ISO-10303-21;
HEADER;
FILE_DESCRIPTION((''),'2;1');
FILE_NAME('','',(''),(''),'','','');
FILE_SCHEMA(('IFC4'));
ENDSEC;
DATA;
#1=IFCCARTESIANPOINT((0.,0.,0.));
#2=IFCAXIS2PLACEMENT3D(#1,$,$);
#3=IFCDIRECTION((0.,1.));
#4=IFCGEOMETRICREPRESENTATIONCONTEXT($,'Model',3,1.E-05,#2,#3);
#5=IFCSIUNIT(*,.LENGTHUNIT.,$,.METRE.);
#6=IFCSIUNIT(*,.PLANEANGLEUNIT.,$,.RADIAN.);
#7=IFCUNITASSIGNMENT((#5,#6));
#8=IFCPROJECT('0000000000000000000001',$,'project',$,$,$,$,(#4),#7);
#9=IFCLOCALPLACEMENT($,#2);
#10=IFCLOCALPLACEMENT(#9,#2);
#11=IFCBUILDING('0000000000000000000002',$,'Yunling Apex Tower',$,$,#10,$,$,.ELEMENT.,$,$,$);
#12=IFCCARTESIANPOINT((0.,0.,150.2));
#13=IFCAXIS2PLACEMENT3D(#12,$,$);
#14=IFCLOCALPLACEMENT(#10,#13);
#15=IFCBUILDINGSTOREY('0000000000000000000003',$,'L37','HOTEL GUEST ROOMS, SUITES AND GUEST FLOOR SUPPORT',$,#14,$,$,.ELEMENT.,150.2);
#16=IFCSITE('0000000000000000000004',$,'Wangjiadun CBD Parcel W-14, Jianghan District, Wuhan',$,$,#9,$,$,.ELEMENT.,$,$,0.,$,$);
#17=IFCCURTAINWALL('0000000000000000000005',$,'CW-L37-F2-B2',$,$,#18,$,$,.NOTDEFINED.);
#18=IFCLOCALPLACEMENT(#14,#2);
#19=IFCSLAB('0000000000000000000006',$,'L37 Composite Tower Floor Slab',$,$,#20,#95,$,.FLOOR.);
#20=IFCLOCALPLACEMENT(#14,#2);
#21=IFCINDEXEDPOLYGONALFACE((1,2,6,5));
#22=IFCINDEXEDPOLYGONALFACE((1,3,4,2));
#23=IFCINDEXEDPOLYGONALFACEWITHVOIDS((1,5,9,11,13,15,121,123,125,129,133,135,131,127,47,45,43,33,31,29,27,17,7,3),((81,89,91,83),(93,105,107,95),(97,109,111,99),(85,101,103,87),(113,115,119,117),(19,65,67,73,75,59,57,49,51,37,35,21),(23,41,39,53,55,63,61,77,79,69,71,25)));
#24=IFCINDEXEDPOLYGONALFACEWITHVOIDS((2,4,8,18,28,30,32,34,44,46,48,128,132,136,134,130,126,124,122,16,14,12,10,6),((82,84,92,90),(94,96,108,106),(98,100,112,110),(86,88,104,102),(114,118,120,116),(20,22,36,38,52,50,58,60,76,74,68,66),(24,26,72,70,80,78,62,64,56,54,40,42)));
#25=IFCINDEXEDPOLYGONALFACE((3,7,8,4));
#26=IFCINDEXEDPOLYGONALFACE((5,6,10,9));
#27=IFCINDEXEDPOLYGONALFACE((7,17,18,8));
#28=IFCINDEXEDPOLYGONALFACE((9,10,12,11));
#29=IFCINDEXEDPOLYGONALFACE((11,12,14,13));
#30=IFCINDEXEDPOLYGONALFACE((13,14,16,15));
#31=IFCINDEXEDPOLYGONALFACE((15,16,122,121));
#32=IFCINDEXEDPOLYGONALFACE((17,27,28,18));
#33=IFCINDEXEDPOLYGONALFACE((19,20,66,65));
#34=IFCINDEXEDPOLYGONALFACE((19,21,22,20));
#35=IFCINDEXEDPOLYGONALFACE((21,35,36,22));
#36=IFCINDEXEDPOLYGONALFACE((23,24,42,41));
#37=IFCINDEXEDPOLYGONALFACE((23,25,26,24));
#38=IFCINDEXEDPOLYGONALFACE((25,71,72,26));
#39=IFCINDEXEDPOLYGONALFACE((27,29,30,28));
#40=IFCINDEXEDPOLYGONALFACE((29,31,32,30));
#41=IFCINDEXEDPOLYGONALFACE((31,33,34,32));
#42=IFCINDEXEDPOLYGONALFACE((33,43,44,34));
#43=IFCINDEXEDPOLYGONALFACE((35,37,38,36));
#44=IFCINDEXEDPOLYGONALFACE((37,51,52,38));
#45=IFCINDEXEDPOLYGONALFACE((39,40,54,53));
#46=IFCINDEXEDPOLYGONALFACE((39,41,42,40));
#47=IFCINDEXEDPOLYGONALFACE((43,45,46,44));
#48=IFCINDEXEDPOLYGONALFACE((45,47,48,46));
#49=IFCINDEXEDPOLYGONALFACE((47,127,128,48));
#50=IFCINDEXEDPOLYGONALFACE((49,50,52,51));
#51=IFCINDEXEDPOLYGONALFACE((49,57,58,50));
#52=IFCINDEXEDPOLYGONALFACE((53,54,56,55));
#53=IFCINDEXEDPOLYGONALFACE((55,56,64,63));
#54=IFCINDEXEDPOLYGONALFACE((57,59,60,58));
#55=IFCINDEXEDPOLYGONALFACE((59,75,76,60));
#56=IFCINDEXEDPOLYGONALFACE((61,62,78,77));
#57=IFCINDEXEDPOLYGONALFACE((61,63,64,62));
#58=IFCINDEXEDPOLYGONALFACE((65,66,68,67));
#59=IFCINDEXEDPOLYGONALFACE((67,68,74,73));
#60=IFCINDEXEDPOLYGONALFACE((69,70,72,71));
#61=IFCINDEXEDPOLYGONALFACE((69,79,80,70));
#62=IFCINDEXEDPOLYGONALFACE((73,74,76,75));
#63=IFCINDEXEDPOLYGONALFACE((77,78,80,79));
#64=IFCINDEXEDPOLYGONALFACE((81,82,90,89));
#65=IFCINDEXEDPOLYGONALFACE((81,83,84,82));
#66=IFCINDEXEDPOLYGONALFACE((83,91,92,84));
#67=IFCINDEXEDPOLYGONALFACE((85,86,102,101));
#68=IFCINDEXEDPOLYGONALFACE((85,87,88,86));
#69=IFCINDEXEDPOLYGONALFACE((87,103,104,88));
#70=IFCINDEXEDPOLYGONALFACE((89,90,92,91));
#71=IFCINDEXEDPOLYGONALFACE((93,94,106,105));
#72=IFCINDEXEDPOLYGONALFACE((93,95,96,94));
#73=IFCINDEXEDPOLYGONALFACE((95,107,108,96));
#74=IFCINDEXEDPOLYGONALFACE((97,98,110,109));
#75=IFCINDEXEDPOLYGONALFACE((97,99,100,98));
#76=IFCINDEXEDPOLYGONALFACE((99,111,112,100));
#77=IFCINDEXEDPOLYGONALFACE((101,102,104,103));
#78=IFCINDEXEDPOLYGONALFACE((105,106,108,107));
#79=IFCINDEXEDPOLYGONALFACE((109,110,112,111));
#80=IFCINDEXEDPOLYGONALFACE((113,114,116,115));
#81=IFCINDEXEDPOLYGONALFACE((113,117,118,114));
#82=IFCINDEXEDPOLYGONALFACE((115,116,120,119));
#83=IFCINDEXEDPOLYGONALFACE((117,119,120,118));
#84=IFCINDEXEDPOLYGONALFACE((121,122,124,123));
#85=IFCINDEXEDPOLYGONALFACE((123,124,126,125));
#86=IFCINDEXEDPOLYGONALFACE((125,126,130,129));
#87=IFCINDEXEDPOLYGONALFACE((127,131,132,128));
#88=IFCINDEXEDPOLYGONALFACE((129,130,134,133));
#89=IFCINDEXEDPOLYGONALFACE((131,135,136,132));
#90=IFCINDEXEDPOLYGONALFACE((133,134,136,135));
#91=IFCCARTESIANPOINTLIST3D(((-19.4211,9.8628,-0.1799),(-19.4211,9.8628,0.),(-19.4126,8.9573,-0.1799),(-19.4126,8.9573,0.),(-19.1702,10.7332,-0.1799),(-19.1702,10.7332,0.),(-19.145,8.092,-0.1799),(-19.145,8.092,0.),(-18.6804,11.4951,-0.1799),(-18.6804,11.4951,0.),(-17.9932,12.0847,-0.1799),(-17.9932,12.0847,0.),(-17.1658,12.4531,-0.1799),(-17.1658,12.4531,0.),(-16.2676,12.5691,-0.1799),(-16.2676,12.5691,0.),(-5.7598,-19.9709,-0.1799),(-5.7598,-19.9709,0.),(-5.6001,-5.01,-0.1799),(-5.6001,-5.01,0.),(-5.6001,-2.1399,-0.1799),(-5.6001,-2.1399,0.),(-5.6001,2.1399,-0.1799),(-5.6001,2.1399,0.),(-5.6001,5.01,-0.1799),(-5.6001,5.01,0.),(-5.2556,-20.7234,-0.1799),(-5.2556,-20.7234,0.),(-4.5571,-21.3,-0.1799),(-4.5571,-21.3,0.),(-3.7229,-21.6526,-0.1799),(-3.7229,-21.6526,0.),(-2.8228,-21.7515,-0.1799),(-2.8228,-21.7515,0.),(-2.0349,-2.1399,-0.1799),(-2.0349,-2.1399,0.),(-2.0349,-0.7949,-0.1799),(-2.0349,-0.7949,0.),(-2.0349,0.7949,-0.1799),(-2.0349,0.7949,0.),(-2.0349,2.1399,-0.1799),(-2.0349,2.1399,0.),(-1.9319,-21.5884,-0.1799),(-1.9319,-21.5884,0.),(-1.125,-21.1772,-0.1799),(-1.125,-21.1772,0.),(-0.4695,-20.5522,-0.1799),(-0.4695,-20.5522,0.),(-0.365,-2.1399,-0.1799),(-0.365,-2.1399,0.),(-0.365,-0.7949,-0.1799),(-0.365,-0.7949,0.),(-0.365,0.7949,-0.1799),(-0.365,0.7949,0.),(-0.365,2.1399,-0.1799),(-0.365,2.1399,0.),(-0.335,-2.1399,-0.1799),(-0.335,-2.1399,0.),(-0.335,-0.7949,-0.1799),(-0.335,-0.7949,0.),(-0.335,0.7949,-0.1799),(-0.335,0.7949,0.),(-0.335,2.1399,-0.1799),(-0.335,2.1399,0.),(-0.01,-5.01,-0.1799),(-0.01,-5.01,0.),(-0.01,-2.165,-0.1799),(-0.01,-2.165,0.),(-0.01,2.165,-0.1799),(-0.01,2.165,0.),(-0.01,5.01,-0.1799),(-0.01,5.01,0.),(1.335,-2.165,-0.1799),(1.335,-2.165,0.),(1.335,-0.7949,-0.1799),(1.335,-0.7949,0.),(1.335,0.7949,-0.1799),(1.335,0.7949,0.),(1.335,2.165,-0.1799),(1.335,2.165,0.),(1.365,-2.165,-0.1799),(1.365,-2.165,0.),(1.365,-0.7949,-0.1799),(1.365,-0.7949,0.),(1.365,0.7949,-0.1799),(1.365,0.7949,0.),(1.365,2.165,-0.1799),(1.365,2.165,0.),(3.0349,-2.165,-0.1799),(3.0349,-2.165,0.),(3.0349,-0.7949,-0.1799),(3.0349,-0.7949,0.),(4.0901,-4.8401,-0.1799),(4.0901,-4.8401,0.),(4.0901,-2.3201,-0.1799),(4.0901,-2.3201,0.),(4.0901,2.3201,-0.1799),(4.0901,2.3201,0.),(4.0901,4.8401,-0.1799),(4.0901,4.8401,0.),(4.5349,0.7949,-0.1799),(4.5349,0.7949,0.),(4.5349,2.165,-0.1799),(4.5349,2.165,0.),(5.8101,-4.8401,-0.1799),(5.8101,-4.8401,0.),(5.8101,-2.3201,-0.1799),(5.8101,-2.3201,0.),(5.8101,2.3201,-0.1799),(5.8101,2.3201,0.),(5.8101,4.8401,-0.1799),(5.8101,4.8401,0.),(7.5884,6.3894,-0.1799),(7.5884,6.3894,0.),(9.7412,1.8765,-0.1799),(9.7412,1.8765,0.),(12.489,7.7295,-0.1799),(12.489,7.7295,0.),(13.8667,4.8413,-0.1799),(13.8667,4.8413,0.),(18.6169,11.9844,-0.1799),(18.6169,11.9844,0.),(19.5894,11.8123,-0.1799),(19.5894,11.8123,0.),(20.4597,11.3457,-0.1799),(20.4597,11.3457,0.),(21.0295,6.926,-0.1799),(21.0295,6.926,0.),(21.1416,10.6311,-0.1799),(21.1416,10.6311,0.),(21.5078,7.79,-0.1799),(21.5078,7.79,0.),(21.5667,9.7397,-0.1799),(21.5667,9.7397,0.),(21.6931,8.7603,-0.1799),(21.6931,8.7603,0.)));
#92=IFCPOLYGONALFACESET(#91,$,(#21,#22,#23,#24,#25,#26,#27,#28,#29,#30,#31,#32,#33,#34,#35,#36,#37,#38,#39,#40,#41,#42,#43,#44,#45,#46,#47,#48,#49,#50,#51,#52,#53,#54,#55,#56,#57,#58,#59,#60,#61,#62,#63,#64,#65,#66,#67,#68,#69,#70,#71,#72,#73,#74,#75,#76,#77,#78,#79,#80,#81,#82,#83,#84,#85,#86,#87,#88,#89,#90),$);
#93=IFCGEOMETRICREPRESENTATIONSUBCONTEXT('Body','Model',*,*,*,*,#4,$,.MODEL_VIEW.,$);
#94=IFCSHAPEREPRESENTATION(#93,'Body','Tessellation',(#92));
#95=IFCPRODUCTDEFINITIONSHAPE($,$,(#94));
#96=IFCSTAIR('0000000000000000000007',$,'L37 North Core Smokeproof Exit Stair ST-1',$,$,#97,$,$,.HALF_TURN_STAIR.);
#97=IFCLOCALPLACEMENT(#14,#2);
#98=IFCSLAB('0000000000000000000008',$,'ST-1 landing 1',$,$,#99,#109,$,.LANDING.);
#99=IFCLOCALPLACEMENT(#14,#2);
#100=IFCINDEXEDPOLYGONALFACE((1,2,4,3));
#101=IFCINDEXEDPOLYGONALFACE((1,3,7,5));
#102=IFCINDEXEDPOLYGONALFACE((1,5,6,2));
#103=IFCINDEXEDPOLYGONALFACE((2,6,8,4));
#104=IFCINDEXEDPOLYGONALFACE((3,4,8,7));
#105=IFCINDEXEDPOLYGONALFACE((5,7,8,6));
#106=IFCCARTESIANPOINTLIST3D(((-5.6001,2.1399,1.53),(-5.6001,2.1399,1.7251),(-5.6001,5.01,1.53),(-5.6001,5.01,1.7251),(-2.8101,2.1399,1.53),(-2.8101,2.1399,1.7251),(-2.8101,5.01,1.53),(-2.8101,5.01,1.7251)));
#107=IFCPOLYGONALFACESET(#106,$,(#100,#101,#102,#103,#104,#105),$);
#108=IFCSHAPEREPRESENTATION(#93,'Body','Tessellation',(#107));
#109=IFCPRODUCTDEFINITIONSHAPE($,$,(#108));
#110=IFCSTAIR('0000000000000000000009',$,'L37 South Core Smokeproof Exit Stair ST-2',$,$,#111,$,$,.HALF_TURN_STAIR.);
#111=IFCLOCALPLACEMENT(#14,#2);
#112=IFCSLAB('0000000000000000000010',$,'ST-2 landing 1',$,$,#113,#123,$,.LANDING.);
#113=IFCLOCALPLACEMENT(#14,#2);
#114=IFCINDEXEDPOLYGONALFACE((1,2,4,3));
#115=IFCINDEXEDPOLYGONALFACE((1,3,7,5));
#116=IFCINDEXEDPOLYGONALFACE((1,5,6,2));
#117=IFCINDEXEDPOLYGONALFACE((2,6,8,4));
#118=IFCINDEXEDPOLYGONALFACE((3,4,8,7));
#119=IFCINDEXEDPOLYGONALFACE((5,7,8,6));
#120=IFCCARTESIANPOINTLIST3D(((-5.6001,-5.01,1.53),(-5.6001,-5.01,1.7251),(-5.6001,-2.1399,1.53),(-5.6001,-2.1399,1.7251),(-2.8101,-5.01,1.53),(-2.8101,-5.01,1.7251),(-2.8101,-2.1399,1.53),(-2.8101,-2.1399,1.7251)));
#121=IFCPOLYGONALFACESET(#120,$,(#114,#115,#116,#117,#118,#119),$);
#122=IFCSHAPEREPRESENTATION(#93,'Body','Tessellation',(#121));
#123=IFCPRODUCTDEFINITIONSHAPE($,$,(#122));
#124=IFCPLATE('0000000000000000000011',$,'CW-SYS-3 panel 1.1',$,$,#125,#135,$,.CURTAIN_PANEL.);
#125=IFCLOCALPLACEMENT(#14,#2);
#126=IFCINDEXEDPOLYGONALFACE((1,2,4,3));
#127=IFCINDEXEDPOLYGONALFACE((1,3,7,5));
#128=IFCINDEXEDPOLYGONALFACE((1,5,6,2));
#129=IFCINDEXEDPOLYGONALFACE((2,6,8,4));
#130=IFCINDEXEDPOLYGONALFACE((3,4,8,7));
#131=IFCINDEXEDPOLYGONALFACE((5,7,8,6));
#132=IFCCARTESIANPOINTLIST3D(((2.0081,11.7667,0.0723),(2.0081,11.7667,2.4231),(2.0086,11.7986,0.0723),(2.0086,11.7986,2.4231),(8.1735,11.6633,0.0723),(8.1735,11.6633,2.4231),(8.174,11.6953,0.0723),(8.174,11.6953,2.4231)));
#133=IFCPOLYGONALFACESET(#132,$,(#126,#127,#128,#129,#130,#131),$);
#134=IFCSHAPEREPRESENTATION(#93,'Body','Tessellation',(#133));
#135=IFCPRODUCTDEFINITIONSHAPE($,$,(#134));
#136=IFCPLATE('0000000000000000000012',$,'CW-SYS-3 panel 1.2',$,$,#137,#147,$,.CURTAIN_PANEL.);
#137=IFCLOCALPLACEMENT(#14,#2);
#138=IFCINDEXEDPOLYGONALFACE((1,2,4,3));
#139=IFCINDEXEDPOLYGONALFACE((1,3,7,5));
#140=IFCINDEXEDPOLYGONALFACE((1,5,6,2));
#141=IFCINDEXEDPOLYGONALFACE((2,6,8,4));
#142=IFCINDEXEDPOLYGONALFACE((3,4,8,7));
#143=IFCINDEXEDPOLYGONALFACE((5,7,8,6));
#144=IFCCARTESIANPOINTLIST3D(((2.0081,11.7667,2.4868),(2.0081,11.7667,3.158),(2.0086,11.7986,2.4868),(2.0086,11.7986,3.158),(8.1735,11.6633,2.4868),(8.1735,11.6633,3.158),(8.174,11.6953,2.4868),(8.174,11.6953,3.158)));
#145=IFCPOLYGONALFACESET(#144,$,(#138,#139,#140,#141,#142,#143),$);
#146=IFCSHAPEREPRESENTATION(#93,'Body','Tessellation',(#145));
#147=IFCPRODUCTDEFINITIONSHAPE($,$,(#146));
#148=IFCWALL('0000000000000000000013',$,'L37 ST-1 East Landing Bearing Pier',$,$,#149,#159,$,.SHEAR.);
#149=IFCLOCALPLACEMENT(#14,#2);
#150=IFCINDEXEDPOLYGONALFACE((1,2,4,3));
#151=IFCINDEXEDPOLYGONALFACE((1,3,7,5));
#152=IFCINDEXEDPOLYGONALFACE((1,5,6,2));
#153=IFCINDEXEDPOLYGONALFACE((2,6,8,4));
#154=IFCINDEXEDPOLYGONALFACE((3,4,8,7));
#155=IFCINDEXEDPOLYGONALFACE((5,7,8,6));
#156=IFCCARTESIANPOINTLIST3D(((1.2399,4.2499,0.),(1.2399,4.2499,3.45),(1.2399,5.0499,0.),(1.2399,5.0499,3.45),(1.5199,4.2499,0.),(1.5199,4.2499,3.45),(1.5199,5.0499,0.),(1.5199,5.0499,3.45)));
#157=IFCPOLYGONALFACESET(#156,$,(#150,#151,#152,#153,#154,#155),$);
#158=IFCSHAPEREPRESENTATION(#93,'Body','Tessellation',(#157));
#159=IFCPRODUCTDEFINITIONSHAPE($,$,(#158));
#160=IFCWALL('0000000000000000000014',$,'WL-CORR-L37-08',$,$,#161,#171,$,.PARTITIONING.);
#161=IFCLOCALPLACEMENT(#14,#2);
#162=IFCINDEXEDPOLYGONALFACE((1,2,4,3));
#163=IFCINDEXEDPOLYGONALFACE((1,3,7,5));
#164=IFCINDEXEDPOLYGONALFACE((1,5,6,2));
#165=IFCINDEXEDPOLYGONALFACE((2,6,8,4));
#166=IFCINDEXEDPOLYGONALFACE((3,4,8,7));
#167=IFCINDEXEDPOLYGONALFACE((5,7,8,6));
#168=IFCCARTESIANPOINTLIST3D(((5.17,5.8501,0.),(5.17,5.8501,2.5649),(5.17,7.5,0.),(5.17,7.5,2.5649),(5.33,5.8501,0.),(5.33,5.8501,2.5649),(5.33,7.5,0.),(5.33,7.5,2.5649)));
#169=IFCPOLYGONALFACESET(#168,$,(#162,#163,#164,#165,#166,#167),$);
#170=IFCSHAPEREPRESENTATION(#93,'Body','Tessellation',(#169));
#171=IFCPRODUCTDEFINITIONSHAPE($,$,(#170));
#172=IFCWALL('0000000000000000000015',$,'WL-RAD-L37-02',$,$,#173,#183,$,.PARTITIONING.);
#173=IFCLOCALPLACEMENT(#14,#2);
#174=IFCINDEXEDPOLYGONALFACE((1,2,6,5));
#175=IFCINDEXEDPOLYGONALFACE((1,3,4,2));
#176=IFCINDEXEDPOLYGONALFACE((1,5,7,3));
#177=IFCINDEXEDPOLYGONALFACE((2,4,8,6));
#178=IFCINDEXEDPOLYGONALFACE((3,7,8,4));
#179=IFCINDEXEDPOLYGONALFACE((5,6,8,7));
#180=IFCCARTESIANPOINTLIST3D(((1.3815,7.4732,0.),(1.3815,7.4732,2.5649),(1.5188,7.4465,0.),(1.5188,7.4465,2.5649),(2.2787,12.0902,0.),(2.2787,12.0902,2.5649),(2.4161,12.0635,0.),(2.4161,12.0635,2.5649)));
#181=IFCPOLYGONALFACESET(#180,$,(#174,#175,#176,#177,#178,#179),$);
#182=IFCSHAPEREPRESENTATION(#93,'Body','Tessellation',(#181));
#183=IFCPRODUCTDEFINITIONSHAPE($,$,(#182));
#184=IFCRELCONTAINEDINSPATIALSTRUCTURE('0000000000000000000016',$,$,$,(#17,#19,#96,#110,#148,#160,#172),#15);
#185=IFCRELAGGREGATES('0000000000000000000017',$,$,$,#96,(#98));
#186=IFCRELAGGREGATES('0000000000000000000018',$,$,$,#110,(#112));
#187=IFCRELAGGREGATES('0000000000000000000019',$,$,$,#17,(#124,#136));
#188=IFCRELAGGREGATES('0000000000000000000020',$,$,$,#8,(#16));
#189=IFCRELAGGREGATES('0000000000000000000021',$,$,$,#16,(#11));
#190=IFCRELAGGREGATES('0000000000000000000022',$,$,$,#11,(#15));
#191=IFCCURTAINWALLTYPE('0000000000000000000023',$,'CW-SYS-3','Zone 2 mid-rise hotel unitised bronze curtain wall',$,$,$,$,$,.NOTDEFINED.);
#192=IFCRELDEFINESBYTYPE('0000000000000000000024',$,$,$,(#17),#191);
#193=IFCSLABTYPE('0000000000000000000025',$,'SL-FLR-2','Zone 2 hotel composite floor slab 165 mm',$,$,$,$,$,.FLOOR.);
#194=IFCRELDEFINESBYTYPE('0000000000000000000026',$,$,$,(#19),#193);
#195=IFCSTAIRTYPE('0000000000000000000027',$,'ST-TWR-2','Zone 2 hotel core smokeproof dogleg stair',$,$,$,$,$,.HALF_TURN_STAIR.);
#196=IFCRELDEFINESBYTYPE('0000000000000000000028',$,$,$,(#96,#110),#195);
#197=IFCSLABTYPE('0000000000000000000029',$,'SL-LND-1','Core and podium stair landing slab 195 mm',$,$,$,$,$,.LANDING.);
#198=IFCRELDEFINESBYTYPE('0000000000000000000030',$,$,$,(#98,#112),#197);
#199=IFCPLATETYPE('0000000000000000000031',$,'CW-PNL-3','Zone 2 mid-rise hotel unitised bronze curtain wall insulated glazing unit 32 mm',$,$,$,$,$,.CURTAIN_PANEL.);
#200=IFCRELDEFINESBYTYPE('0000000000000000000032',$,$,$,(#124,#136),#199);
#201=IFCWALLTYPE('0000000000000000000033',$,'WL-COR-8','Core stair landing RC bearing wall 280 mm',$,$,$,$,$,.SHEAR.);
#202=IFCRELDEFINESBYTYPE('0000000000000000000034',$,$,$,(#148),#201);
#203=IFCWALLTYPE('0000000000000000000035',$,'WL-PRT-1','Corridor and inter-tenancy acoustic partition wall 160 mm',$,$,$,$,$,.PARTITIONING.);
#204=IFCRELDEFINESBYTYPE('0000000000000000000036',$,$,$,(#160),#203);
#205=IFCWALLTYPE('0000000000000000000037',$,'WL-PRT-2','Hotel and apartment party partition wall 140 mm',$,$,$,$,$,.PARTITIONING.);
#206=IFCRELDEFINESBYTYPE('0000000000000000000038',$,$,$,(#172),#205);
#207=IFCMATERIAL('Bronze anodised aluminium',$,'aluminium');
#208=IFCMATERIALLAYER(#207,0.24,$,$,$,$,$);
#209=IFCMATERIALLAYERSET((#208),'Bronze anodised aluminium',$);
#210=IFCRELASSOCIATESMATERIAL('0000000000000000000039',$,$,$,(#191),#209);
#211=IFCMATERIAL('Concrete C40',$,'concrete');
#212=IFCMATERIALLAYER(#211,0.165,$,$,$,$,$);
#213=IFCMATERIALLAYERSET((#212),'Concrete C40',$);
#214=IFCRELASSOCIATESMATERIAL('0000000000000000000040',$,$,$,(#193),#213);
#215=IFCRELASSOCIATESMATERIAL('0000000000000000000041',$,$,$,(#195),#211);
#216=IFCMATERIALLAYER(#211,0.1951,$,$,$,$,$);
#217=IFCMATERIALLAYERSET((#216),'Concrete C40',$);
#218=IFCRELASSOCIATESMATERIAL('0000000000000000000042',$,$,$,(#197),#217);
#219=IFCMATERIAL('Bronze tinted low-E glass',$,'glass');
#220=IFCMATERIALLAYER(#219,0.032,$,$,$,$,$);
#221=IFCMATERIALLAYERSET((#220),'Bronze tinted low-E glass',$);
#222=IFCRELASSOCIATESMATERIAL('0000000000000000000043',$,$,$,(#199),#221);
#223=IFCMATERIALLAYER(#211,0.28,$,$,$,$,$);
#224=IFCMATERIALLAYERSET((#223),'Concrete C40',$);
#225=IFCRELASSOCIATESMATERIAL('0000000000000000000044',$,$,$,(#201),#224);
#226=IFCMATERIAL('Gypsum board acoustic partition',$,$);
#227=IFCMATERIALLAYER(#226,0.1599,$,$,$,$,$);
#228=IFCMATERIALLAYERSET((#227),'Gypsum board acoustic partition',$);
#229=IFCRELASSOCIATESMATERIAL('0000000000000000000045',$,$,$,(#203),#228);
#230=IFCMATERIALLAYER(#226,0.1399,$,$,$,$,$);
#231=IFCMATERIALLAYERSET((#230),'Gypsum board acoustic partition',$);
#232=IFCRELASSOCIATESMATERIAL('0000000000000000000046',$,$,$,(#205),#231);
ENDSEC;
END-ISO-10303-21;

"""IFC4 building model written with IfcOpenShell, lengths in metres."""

from ifc_helpers import new_model, si_unit, direction, frame, frame_2d, origin, origin_2d, place, context, subcontext, project, spatial, polyline, rectangle, outline, extrude, source, transform, mapped, material, layer, layer_set, type_object, element, aggregate, save


model = new_model("IFC4")

# Units and contexts
model_context = context("Model", 3, precision=1e-05, world=origin(), true_north=direction((0.0, 1.0)))
body_context = subcontext(model_context, "Body", "Model", "MODEL_VIEW")
ifc_project = project(units=[si_unit("LENGTHUNIT", "METRE"), si_unit("PLANEANGLEUNIT", "RADIAN")], contexts=[model_context])

# Site, building, storey
site_placement = place(None, origin())
site = spatial("IfcSite", under=ifc_project, at=site_placement, Name="Wangjiadun CBD Parcel W-14, Jianghan District, Wuhan", CompositionType="ELEMENT", RefElevation=0.0)
building_placement = place(site_placement, origin())
building = spatial("IfcBuilding", under=site, at=building_placement, Name="Yunling Apex Tower", CompositionType="ELEMENT")
storey_placement = place(building_placement, frame((0.0, 0.0, 150.2)))
storey = spatial("IfcBuildingStorey", under=building, at=storey_placement, Name="L37", Description="HOTEL GUEST ROOMS, SUITES AND GUEST FLOOR SUPPORT", CompositionType="ELEMENT", Elevation=150.2)

# Curtain wall
ifc_material_1 = material(Name="Bronze anodised aluminium", Category="aluminium")
ifc_layer_1 = layer(ifc_material_1, 0.24)
ifc_layer_set_1 = layer_set([ifc_layer_1], Name="Bronze anodised aluminium")
curtain_wall_type = type_object("IfcCurtainWallType", Name="CW-SYS-3", Description="Zone 2 mid-rise hotel unitised bronze curtain wall", PredefinedType="NOTDEFINED", material=ifc_layer_set_1)
curtain_wall_1_placement = place(storey_placement, origin())
curtain_wall_1 = element("IfcCurtainWall", 1, at=curtain_wall_1_placement, inside=storey, type_object=curtain_wall_type, Name="CW-L37-F2-B2", PredefinedType="NOTDEFINED")

# Slab
ifc_material_2 = material(Name="Concrete C40", Category="concrete")
ifc_layer_2 = layer(ifc_material_2, 0.165)
ifc_layer_set_2 = layer_set([ifc_layer_2], Name="Concrete C40")
slab_type_1 = type_object("IfcSlabType", Name="SL-FLR-2", Description="Zone 2 hotel composite floor slab 165 mm", PredefinedType="FLOOR", material=ifc_layer_set_2)
slab_1_placement = place(storey_placement, frame((0.0, 0.0, -0.1799)))
element("IfcSlab", 2, at=slab_1_placement, inside=storey, type_object=slab_type_1, Name="L37 Composite Tower Floor Slab", PredefinedType="FLOOR", context=body_context, shape_type="SweptSolid", body=[
    extrude(outline(polyline([(-5.7598, -19.9709), (-5.2556, -20.7234), (-4.5571, -21.3), (-3.7229, -21.6526), (-2.8228, -21.7515), (-1.9319, -21.5884), (-1.125, -21.1772), (-0.4695, -20.5522), (21.0295, 6.926), (21.5078, 7.79), (21.6931, 8.7603), (21.5667, 9.7397), (21.1416, 10.6311), (20.4597, 11.3457), (19.5894, 11.8123), (18.6169, 11.9844), (-16.2676, 12.5691), (-17.1658, 12.4531), (-17.9932, 12.0847), (-18.6804, 11.4951), (-19.1702, 10.7332), (-19.4211, 9.8628), (-19.4126, 8.9573), (-19.145, 8.092), (-5.7598, -19.9709)]), holes=[polyline([(12.489, 7.7295), (13.8667, 4.8413), (9.7412, 1.8765), (7.5884, 6.3894), (12.489, 7.7295)]), polyline([(4.0901, -2.3201), (5.8101, -2.3201), (5.8101, -4.8401), (4.0901, -4.8401), (4.0901, -2.3201)]), polyline([(5.8101, 4.8401), (5.8101, 2.3201), (4.0901, 2.3201), (4.0901, 4.8401), (5.8101, 4.8401)]), polyline([(1.365, 2.165), (4.5349, 2.165), (4.5349, 0.7949), (1.365, 0.7949), (1.365, 2.165)]), polyline([(3.0349, -0.7949), (3.0349, -2.165), (1.365, -2.165), (1.365, -0.7949), (3.0349, -0.7949)]), polyline([(-2.0349, -0.7949), (-0.365, -0.7949), (-0.365, -2.1399), (-0.335, -2.1399), (-0.335, -0.7949), (1.335, -0.7949), (1.335, -2.165), (-0.01, -2.165), (-0.01, -5.01), (-5.6001, -5.01), (-5.6001, -2.1399), (-2.0349, -2.1399), (-2.0349, -0.7949)]), polyline([(-5.6001, 2.1399), (-5.6001, 5.01), (-0.01, 5.01), (-0.01, 2.165), (1.335, 2.165), (1.335, 0.7949), (-0.335, 0.7949), (-0.335, 2.1399), (-0.365, 2.1399), (-0.365, 0.7949), (-2.0349, 0.7949), (-2.0349, 2.1399), (-5.6001, 2.1399)])]), origin(), (0.0, 0.0, 1.0), 0.1799),
])

# Stairs, slabs
stair_type = type_object("IfcStairType", Name="ST-TWR-2", Description="Zone 2 hotel core smokeproof dogleg stair", PredefinedType="HALF_TURN_STAIR", material=ifc_material_2)
stair_1_placement = place(storey_placement, origin())
stair_1 = element("IfcStair", 3, at=stair_1_placement, inside=storey, type_object=stair_type, Name="L37 North Core Smokeproof Exit Stair ST-1", PredefinedType="HALF_TURN_STAIR")
ifc_layer_3 = layer(ifc_material_2, 0.1951)
ifc_layer_set_3 = layer_set([ifc_layer_3], Name="Concrete C40")
slab_type_2 = type_object("IfcSlabType", Name="SL-LND-1", Description="Core and podium stair landing slab 195 mm", PredefinedType="LANDING", material=ifc_layer_set_3)
slab_2_placement = place(storey_placement, frame((0.0, 0.0, 1.53)))
slab_2 = element("IfcSlab", 4, at=slab_2_placement, type_object=slab_type_2, Name="ST-1 landing 1", PredefinedType="LANDING", context=body_context, shape_type="SweptSolid", body=[
    extrude(outline(polyline([(-2.8101, 5.01), (-5.6001, 5.01), (-5.6001, 2.1399), (-2.8101, 2.1399), (-2.8101, 5.01)])), origin(), (0.0, 0.0, 1.0), 0.1951),
])
aggregate(stair_1, [slab_2])
stair_2_placement = place(storey_placement, origin())
stair_2 = element("IfcStair", 5, at=stair_2_placement, inside=storey, type_object=stair_type, Name="L37 South Core Smokeproof Exit Stair ST-2", PredefinedType="HALF_TURN_STAIR")
slab_3_placement = place(storey_placement, frame((0.0, 0.0, 1.53)))
slab_3 = element("IfcSlab", 6, at=slab_3_placement, type_object=slab_type_2, Name="ST-2 landing 1", PredefinedType="LANDING", context=body_context, shape_type="SweptSolid", body=[
    extrude(outline(polyline([(-2.8101, -2.1399), (-5.6001, -2.1399), (-5.6001, -5.01), (-2.8101, -5.01), (-2.8101, -2.1399)])), origin(), (0.0, 0.0, 1.0), 0.1951),
])
aggregate(stair_2, [slab_3])

# Plates
ifc_material_3 = material(Name="Bronze tinted low-E glass", Category="glass")
ifc_layer_4 = layer(ifc_material_3, 0.032)
ifc_layer_set_4 = layer_set([ifc_layer_4], Name="Bronze tinted low-E glass")
plate_type = type_object("IfcPlateType", Name="CW-PNL-3", Description="Zone 2 mid-rise hotel unitised bronze curtain wall insulated glazing unit 32 mm", PredefinedType="CURTAIN_PANEL", material=ifc_layer_set_4)
shared_shape_1 = source(origin(), body_context, "Body", "SweptSolid", [
    extrude(rectangle(XDim=6.1663, YDim=0.032, at=origin_2d()), origin(), (0.0, 0.0, 1.0), 2.3508),
])
plate_1_placement = place(storey_placement, frame((5.0911, 11.731, 0.0723), z_axis=(0.0, 0.0, 1.0), x_axis=(-0.999859, 0.016767, 0.0)))
plate_1 = element("IfcPlate", 7, at=plate_1_placement, type_object=plate_type, Name="CW-SYS-3 panel 1.1", PredefinedType="CURTAIN_PANEL", context=body_context, shape_type="MappedRepresentation", body=[
    mapped(shared_shape_1, transform((0.0, 0.0, 0.0), scale=1.0)),
])
shared_shape_2 = source(origin(), body_context, "Body", "SweptSolid", [
    extrude(rectangle(XDim=6.1663, YDim=0.032, at=origin_2d()), origin(), (0.0, 0.0, 1.0), 0.6711),
])
plate_2_placement = place(storey_placement, frame((5.0911, 11.731, 2.4868), z_axis=(0.0, 0.0, 1.0), x_axis=(-0.999859, 0.016767, 0.0)))
plate_2 = element("IfcPlate", 8, at=plate_2_placement, type_object=plate_type, Name="CW-SYS-3 panel 1.2", PredefinedType="CURTAIN_PANEL", context=body_context, shape_type="MappedRepresentation", body=[
    mapped(shared_shape_2, transform((0.0, 0.0, 0.0), scale=1.0)),
])
aggregate(curtain_wall_1, [plate_1, plate_2])

# Walls
ifc_layer_5 = layer(ifc_material_2, 0.28)
ifc_layer_set_5 = layer_set([ifc_layer_5], Name="Concrete C40")
wall_type_1 = type_object("IfcWallType", Name="WL-COR-8", Description="Core stair landing RC bearing wall 280 mm", PredefinedType="SHEAR", material=ifc_layer_set_5)
wall_1_placement = place(storey_placement, frame((1.3799, 4.25, 0.0), z_axis=(0.0, 0.0, 1.0), x_axis=(0.0, 1.0, 0.0)))
element("IfcWall", 9, at=wall_1_placement, inside=storey, type_object=wall_type_1, Name="L37 ST-1 East Landing Bearing Pier", PredefinedType="SHEAR", context=body_context, shape_type="SweptSolid", body=[
    extrude(rectangle(XDim=0.8, YDim=0.28, at=frame_2d((0.3999, 0.0))), origin(), (0.0, 0.0, 1.0), 3.45),
])
ifc_material_4 = material(Name="Gypsum board acoustic partition")
ifc_layer_6 = layer(ifc_material_4, 0.1599)
ifc_layer_set_6 = layer_set([ifc_layer_6], Name="Gypsum board acoustic partition")
wall_type_2 = type_object("IfcWallType", Name="WL-PRT-1", Description="Corridor and inter-tenancy acoustic partition wall 160 mm", PredefinedType="PARTITIONING", material=ifc_layer_set_6)
wall_2_placement = place(storey_placement, frame((5.25, 7.5, 0.0), z_axis=(0.0, 0.0, 1.0), x_axis=(0.0, -1.0, 0.0)))
element("IfcWall", 10, at=wall_2_placement, inside=storey, type_object=wall_type_2, Name="WL-CORR-L37-08", PredefinedType="PARTITIONING", context=body_context, shape_type="SweptSolid", body=[
    extrude(rectangle(XDim=1.6499, YDim=0.1599, at=frame_2d((0.825, 0.0))), origin(), (0.0, 0.0, 1.0), 2.5649),
])
ifc_layer_7 = layer(ifc_material_4, 0.1399)
ifc_layer_set_7 = layer_set([ifc_layer_7], Name="Gypsum board acoustic partition")
wall_type_3 = type_object("IfcWallType", Name="WL-PRT-2", Description="Hotel and apartment party partition wall 140 mm", PredefinedType="PARTITIONING", material=ifc_layer_set_7)
wall_3_placement = place(storey_placement, frame((1.4502, 7.46, 0.0), z_axis=(0.0, 0.0, 1.0), x_axis=(0.190763, 0.981636, 0.0)))
element("IfcWall", 11, at=wall_3_placement, inside=storey, type_object=wall_type_3, Name="WL-RAD-L37-02", PredefinedType="PARTITIONING", context=body_context, shape_type="SweptSolid", body=[
    extrude(rectangle(XDim=4.7034, YDim=0.1399, at=frame_2d((2.3516, 0.0))), origin(), (0.0, 0.0, 1.0), 2.5649),
])

save(model, "model.ifc")
